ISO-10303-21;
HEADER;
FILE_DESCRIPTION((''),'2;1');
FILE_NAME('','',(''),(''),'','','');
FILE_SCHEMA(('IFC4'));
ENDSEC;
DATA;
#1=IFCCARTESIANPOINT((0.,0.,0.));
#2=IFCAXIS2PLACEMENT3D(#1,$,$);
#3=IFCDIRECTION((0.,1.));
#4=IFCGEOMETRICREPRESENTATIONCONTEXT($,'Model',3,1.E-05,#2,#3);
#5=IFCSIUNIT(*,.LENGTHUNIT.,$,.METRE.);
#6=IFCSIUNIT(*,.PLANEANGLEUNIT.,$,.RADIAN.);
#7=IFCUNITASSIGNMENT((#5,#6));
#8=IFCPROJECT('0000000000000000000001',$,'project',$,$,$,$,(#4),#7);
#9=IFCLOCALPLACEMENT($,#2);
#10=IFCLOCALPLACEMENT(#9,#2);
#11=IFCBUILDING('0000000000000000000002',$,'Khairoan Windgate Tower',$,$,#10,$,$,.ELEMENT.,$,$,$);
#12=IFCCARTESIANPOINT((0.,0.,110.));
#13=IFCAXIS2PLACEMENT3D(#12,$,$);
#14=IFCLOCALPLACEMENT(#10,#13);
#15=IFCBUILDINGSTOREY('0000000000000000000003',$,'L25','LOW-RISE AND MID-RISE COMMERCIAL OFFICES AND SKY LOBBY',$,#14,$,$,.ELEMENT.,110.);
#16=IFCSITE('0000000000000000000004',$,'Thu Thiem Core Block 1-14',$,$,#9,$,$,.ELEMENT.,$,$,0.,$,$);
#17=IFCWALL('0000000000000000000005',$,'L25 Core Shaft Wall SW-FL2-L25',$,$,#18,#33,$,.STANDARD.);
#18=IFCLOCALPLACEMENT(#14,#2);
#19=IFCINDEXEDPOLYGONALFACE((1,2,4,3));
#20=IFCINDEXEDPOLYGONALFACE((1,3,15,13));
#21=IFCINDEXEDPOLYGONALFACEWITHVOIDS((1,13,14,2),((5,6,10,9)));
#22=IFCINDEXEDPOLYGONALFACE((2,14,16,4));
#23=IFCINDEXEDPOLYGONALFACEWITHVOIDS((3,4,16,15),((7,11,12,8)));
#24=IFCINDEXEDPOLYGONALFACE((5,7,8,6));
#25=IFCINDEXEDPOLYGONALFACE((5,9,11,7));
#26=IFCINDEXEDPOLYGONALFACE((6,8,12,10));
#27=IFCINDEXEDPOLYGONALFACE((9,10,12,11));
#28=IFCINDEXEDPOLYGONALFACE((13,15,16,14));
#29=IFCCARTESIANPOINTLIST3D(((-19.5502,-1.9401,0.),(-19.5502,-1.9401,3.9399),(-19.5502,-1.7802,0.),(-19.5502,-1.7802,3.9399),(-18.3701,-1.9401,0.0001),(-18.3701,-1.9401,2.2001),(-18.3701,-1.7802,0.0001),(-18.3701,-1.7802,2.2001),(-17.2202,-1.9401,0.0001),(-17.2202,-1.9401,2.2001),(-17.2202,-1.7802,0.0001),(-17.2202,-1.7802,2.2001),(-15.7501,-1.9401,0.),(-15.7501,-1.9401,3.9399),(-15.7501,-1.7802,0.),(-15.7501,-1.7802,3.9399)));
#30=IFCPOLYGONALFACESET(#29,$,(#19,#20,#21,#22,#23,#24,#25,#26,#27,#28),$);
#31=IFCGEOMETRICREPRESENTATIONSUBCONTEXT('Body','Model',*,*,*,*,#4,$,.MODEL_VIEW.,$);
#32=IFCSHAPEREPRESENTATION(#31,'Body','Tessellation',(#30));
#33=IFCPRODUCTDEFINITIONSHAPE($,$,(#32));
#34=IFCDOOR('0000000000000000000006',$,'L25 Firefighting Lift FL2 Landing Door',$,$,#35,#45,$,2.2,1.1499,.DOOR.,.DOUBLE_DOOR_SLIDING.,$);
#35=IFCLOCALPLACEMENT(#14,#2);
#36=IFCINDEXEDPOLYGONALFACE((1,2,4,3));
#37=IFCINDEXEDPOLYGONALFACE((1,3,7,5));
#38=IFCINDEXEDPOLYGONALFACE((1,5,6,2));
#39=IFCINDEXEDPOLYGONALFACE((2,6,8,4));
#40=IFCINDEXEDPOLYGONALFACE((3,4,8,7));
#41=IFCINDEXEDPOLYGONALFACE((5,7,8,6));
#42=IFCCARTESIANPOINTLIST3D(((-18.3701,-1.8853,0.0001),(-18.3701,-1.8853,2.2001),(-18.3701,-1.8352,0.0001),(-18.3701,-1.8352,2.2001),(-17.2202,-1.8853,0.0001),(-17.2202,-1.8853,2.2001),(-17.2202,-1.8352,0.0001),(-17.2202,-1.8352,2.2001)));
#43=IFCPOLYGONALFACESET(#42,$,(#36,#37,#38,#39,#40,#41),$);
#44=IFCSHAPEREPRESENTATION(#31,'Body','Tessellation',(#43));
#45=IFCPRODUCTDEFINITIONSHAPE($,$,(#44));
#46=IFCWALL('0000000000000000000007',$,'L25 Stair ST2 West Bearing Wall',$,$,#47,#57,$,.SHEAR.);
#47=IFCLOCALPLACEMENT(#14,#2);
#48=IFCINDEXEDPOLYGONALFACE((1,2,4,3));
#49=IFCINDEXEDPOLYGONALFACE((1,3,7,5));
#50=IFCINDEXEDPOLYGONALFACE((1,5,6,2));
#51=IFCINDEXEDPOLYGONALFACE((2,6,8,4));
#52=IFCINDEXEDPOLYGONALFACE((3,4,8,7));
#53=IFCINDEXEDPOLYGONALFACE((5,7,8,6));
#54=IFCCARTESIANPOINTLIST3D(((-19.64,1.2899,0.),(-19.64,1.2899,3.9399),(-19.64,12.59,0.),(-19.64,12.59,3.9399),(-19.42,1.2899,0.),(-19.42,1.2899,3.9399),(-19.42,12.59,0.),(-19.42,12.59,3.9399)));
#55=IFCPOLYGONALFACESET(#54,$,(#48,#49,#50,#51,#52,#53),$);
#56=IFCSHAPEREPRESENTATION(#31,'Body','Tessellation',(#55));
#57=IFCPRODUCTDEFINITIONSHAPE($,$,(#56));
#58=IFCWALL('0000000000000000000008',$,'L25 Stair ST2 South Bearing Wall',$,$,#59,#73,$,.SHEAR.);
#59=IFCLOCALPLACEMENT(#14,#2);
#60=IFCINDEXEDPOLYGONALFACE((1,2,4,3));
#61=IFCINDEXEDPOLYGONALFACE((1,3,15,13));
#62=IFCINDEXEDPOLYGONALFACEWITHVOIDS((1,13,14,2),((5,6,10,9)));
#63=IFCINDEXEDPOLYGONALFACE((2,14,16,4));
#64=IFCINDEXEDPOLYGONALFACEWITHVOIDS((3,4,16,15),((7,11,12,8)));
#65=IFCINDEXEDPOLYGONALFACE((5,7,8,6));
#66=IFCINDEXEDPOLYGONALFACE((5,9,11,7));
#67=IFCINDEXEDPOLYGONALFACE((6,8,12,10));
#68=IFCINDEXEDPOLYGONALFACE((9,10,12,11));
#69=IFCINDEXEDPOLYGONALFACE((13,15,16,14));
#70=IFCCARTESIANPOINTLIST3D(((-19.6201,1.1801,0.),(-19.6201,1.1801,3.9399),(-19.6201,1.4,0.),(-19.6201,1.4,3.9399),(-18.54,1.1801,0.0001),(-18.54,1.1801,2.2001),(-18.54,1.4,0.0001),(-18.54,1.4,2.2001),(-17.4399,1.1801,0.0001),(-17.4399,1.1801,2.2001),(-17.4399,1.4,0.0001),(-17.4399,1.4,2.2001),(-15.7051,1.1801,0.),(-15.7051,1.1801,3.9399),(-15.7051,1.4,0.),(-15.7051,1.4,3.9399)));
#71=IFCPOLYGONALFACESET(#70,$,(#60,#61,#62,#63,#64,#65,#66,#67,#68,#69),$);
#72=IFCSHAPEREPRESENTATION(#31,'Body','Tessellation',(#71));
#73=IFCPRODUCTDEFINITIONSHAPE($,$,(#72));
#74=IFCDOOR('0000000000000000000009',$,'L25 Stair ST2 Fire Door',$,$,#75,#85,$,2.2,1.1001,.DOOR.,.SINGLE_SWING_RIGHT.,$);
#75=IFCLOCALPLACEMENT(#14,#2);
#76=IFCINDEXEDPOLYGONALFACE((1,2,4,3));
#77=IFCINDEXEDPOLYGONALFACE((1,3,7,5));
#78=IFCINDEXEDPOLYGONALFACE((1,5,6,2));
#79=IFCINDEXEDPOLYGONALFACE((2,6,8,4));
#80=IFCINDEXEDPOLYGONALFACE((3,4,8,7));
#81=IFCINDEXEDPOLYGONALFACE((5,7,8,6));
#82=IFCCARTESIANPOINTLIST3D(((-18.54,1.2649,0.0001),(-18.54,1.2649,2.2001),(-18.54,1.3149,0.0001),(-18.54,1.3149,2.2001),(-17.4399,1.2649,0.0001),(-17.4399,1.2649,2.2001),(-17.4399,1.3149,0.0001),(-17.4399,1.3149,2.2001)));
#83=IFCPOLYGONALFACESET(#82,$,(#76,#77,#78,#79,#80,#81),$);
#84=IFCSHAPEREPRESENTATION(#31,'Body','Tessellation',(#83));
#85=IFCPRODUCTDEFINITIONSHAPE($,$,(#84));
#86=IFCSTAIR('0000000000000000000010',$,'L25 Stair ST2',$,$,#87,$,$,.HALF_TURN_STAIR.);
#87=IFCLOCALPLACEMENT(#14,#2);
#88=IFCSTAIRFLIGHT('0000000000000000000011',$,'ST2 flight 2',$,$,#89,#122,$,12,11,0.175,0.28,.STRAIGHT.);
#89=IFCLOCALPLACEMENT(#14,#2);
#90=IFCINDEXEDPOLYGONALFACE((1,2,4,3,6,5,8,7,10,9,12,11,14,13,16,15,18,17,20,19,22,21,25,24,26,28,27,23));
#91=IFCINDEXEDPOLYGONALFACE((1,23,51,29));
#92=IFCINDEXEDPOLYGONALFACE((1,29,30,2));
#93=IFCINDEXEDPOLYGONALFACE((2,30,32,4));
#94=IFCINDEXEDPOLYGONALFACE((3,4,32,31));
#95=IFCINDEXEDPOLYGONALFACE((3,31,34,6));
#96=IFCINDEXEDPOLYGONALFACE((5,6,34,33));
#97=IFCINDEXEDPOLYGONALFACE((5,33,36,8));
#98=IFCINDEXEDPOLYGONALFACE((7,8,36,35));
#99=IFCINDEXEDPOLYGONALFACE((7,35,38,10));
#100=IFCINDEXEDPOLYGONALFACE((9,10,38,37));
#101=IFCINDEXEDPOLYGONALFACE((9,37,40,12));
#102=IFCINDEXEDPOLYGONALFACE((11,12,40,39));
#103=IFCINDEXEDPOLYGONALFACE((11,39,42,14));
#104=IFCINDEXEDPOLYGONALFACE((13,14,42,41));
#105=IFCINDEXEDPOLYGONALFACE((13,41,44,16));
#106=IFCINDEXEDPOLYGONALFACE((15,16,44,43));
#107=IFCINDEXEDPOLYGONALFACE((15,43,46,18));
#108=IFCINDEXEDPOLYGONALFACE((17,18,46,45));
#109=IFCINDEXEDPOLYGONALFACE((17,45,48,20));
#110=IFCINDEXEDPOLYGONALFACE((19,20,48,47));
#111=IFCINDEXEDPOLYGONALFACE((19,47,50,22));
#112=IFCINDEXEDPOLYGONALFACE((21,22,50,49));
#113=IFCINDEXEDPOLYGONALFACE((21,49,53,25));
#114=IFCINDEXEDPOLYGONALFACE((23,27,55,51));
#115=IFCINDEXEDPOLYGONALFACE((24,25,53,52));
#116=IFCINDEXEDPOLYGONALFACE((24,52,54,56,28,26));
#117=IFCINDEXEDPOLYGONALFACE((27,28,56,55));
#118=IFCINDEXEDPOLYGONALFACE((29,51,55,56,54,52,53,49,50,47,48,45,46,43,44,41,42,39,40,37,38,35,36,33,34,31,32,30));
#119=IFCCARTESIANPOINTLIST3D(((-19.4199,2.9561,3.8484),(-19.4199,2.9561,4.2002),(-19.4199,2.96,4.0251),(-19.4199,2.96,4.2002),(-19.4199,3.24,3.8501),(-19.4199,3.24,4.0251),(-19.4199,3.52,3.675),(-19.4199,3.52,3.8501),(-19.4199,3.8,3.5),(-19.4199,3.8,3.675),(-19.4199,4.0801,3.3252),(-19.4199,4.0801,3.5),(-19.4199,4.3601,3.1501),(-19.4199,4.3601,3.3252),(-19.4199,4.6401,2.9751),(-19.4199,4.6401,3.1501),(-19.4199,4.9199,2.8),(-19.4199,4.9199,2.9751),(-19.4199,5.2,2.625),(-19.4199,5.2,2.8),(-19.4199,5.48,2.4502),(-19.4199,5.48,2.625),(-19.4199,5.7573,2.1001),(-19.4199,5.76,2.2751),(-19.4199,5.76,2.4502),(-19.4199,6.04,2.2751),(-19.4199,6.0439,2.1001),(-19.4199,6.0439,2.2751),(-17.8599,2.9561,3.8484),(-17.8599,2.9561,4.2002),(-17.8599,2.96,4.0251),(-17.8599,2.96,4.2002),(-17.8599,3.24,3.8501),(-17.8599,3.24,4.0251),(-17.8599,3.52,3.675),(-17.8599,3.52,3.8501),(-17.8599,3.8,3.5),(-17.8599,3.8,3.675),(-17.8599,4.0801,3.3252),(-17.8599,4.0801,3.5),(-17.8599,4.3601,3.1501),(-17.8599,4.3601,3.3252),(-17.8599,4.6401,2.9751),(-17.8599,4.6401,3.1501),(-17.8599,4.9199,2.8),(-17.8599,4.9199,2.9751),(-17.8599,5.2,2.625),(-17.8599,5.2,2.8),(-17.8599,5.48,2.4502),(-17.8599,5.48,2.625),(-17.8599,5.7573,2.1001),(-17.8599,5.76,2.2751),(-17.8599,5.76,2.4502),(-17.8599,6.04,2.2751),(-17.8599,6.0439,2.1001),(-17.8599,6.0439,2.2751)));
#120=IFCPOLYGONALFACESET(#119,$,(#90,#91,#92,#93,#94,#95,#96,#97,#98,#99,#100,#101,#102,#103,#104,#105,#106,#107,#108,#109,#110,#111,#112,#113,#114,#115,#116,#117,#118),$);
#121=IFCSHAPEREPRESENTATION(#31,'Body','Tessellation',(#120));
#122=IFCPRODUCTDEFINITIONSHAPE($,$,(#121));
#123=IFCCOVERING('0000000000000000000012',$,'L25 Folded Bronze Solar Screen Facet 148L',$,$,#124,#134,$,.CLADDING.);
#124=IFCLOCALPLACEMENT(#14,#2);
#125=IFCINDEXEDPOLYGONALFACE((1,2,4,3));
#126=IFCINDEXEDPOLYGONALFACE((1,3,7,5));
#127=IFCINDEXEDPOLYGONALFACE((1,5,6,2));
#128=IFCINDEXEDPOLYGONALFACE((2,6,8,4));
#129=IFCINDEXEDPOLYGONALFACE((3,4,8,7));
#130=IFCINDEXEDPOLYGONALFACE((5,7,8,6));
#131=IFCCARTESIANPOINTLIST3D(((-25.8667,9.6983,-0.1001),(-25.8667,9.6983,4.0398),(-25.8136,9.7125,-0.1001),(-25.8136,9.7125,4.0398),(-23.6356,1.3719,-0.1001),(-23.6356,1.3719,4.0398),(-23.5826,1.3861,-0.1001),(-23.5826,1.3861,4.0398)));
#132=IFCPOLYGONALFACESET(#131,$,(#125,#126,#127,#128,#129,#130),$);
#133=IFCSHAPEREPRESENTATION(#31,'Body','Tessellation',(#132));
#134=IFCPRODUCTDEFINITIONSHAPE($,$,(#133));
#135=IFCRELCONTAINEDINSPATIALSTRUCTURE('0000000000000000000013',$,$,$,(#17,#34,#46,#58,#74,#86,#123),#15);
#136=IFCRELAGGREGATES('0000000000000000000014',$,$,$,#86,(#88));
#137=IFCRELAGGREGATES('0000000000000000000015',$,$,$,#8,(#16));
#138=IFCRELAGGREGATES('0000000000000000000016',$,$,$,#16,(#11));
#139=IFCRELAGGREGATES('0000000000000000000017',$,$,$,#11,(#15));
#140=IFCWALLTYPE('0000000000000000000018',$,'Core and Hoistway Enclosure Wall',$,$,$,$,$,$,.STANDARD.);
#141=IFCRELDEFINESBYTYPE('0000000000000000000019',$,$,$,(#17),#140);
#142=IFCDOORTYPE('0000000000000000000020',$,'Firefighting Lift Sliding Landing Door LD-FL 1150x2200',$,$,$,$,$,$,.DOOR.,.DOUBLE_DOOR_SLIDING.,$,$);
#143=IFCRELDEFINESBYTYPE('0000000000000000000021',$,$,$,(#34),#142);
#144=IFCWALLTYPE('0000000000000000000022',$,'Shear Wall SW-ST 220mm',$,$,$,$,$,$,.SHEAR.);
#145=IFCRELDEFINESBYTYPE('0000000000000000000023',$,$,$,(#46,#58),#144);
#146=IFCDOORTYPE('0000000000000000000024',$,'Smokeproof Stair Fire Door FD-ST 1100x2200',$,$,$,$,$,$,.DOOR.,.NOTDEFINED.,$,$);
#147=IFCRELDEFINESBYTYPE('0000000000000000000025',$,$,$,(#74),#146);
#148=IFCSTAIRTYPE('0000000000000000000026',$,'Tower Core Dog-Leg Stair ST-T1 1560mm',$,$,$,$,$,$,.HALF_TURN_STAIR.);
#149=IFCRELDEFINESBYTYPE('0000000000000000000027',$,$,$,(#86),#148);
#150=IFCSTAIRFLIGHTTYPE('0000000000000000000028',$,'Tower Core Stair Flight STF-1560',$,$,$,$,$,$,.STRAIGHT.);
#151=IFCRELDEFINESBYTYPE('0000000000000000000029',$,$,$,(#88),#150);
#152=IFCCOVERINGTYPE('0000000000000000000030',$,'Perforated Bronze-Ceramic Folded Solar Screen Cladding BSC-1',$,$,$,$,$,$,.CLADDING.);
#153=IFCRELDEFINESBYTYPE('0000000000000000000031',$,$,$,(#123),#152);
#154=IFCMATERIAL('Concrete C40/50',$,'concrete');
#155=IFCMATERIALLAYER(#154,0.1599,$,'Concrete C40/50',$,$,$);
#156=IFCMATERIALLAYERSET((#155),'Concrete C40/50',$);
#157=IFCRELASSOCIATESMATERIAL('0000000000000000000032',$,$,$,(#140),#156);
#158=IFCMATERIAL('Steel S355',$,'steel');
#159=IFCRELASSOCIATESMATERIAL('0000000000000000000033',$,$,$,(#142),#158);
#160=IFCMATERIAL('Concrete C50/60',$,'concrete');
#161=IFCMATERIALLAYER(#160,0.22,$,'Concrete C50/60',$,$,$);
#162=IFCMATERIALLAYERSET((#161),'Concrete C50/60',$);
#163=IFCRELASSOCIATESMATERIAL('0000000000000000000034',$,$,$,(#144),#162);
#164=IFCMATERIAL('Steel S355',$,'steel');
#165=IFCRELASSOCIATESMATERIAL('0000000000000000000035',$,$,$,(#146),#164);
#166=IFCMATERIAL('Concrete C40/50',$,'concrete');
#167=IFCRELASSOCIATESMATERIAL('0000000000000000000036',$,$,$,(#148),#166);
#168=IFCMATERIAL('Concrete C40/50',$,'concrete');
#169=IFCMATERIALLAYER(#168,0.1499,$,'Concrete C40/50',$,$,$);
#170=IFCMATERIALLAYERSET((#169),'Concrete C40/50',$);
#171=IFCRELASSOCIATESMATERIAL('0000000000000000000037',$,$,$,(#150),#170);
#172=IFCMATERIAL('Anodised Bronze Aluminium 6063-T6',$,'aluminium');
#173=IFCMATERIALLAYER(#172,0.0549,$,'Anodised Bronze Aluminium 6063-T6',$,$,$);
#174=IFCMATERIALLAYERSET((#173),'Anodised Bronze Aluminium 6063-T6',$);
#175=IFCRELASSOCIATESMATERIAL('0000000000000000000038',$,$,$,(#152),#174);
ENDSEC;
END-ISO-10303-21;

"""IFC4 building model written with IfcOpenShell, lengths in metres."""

from ifc_helpers import new_model, si_unit, direction, frame, frame_2d, origin, origin_2d, place, context, subcontext, project, spatial, polyline, rectangle, outline, extrude, material, layer, layer_set, type_object, element, fill, aggregate, save


model = new_model("IFC4")

# Units and contexts
model_context = context("Model", 3, precision=1e-05, world=origin(), true_north=direction((0.0, 1.0)))
body_context = subcontext(model_context, "Body", "Model", "MODEL_VIEW")
ifc_project = project(units=[si_unit("LENGTHUNIT", "METRE"), si_unit("PLANEANGLEUNIT", "RADIAN")], contexts=[model_context])

# Site, building, storey
site_placement = place(None, origin())
site = spatial("IfcSite", under=ifc_project, at=site_placement, Name="Thu Thiem Core Block 1-14", CompositionType="ELEMENT", RefElevation=0.0)
building_placement = place(site_placement, origin())
building = spatial("IfcBuilding", under=site, at=building_placement, Name="Khairoan Windgate Tower", CompositionType="ELEMENT")
storey_placement = place(building_placement, frame((0.0, 0.0, 110.0)))
storey = spatial("IfcBuildingStorey", under=building, at=storey_placement, Name="L25", Description="LOW-RISE AND MID-RISE COMMERCIAL OFFICES AND SKY LOBBY", CompositionType="ELEMENT", Elevation=110.0)

# Wall, opening, door
ifc_material_1 = material(Name="Concrete C40/50", Category="concrete")
ifc_layer_1 = layer(ifc_material_1, 0.1599, Name="Concrete C40/50")
ifc_layer_set_1 = layer_set([ifc_layer_1], Name="Concrete C40/50")
wall_type_1 = type_object("IfcWallType", Name="Core and Hoistway Enclosure Wall", PredefinedType="STANDARD", material=ifc_layer_set_1)
wall_1_placement = place(storey_placement, frame((-19.55, -1.8601, 0.0), z_axis=(0.0, 0.0, 1.0), x_axis=(1.0, 0.0, 0.0)))
wall_1 = element("IfcWall", 1, at=wall_1_placement, inside=storey, type_object=wall_type_1, Name="L25 Core Shaft Wall SW-FL2-L25", PredefinedType="STANDARD", context=body_context, shape_type="SweptSolid", body=[
    extrude(rectangle(XDim=3.8, YDim=0.1599, at=frame_2d((1.8999, 0.0))), origin(), (0.0, 0.0, 1.0), 3.9399),
])
opening_1_placement = place(wall_1_placement, frame((1.1799, 0.0, 0.0)))
opening_1 = element("IfcOpeningElement", 2, at=opening_1_placement, cuts=wall_1, PredefinedType="OPENING", context=body_context, shape_type="SweptSolid", body=[
    extrude(rectangle(XDim=1.1499, YDim=2.2, at=frame_2d((0.575, 1.1001))), frame((0.0, 0.0898, 0.0), z_axis=(0.0, -1.0, 0.0), x_axis=(1.0, 0.0, 0.0)), (0.0, 0.0, 1.0), 0.1799),
])
ifc_material_2 = material(Name="Steel S355", Category="steel")
door_type_1 = type_object("IfcDoorType", Name="Firefighting Lift Sliding Landing Door LD-FL 1150x2200", OperationType="DOUBLE_DOOR_SLIDING", PredefinedType="DOOR", material=ifc_material_2)
door_1_placement = place(opening_1_placement, origin())
door_1 = element("IfcDoor", 3, at=door_1_placement, inside=storey, type_object=door_type_1, Name="L25 Firefighting Lift FL2 Landing Door", OperationType="DOUBLE_DOOR_SLIDING", OverallHeight=2.2, OverallWidth=1.1499, PredefinedType="DOOR", context=body_context, shape_type="SweptSolid", body=[
    extrude(rectangle(XDim=1.1499, YDim=2.2, at=frame_2d((0.575, 1.1001))), frame((0.0, 0.0249, 0.0), z_axis=(0.0, -1.0, 0.0), x_axis=(1.0, 0.0, 0.0)), (0.0, 0.0, 1.0), 0.05),
])
fill(opening_1, door_1)

# Wall
ifc_material_3 = material(Name="Concrete C50/60", Category="concrete")
ifc_layer_2 = layer(ifc_material_3, 0.22, Name="Concrete C50/60")
ifc_layer_set_2 = layer_set([ifc_layer_2], Name="Concrete C50/60")
wall_type_2 = type_object("IfcWallType", Name="Shear Wall SW-ST 220mm", PredefinedType="SHEAR", material=ifc_layer_set_2)
wall_2_placement = place(storey_placement, frame((-19.53, 1.29, 0.0), z_axis=(0.0, 0.0, 1.0), x_axis=(0.0, 1.0, 0.0)))
element("IfcWall", 4, at=wall_2_placement, inside=storey, type_object=wall_type_2, Name="L25 Stair ST2 West Bearing Wall", PredefinedType="SHEAR", context=body_context, shape_type="SweptSolid", body=[
    extrude(rectangle(XDim=11.3, YDim=0.22, at=frame_2d((5.6499, 0.0))), origin(), (0.0, 0.0, 1.0), 3.9399),
])

# Wall, opening, door
wall_3_placement = place(storey_placement, frame((-19.6201, 1.29, 0.0), z_axis=(0.0, 0.0, 1.0), x_axis=(1.0, 0.0, 0.0)))
wall_3 = element("IfcWall", 5, at=wall_3_placement, inside=storey, type_object=wall_type_2, Name="L25 Stair ST2 South Bearing Wall", PredefinedType="SHEAR", context=body_context, shape_type="SweptSolid", body=[
    extrude(rectangle(XDim=3.915, YDim=0.22, at=frame_2d((1.9575, 0.0))), origin(), (0.0, 0.0, 1.0), 3.9399),
])
opening_2_placement = place(wall_3_placement, frame((1.0801, 0.0, 0.0)))
opening_2 = element("IfcOpeningElement", 6, at=opening_2_placement, cuts=wall_3, PredefinedType="OPENING", context=body_context, shape_type="SweptSolid", body=[
    extrude(rectangle(XDim=1.1001, YDim=2.2, at=frame_2d((0.55, 1.1001))), frame((0.0, 0.1199, 0.0), z_axis=(0.0, -1.0, 0.0), x_axis=(1.0, 0.0, 0.0)), (0.0, 0.0, 1.0), 0.24),
])
ifc_material_4 = material(Name="Steel S355", Category="steel")
door_type_2 = type_object("IfcDoorType", Name="Smokeproof Stair Fire Door FD-ST 1100x2200", OperationType="NOTDEFINED", PredefinedType="DOOR", material=ifc_material_4)
door_2_placement = place(opening_2_placement, origin())
door_2 = element("IfcDoor", 7, at=door_2_placement, inside=storey, type_object=door_type_2, Name="L25 Stair ST2 Fire Door", OperationType="SINGLE_SWING_RIGHT", OverallHeight=2.2, OverallWidth=1.1001, PredefinedType="DOOR", context=body_context, shape_type="SweptSolid", body=[
    extrude(rectangle(XDim=1.1001, YDim=2.2, at=frame_2d((0.55, 1.1001))), frame((0.0, 0.0249, 0.0), z_axis=(0.0, -1.0, 0.0), x_axis=(1.0, 0.0, 0.0)), (0.0, 0.0, 1.0), 0.05),
])
fill(opening_2, door_2)

# Stair, stair flight
ifc_material_5 = material(Name="Concrete C40/50", Category="concrete")
stair_type = type_object("IfcStairType", Name="Tower Core Dog-Leg Stair ST-T1 1560mm", PredefinedType="HALF_TURN_STAIR", material=ifc_material_5)
stair_placement = place(storey_placement, origin())
stair = element("IfcStair", 8, at=stair_placement, inside=storey, type_object=stair_type, Name="L25 Stair ST2", PredefinedType="HALF_TURN_STAIR")
ifc_material_6 = material(Name="Concrete C40/50", Category="concrete")
ifc_layer_3 = layer(ifc_material_6, 0.1499, Name="Concrete C40/50")
ifc_layer_set_3 = layer_set([ifc_layer_3], Name="Concrete C40/50")
stair_flight_type = type_object("IfcStairFlightType", Name="Tower Core Stair Flight STF-1560", PredefinedType="STRAIGHT", material=ifc_layer_set_3)
stair_flight_placement = place(storey_placement, frame((-18.6399, 6.04, 2.1001), z_axis=(0.0, 0.0, 1.0), x_axis=(0.0, -1.0, 0.0)))
stair_flight = element("IfcStairFlight", 9, at=stair_flight_placement, type_object=stair_flight_type, Name="ST2 flight 2", NumberOfRisers=12, NumberOfTreads=11, PredefinedType="STRAIGHT", RiserHeight=0.175, TreadLength=0.28, context=body_context, shape_type="SweptSolid", body=[
    extrude(outline(polyline([(-0.0039, 0.0), (-0.0039, 0.175), (0.0, 0.175), (0.28, 0.175), (0.28, 0.3501), (0.5601, 0.3501), (0.5601, 0.5249), (0.8401, 0.5249), (0.8401, 0.7), (1.1201, 0.7), (1.1201, 0.875), (1.3999, 0.875), (1.3999, 1.05), (1.6799, 1.05), (1.6799, 1.2251), (1.96, 1.2251), (1.96, 1.3999), (2.24, 1.3999), (2.24, 1.575), (2.52, 1.575), (2.52, 1.75), (2.8, 1.75), (2.8, 1.925), (3.0801, 1.925), (3.0801, 2.1001), (3.084, 2.1001), (3.084, 1.7483), (0.2827, 0.0), (-0.0039, 0.0)])), frame((0.0, 0.78, 0.0), z_axis=(0.0, -1.0, 0.0), x_axis=(1.0, 0.0, 0.0)), (0.0, 0.0, 1.0), 1.5601),
])
aggregate(stair, [stair_flight])

# Covering
ifc_material_7 = material(Name="Anodised Bronze Aluminium 6063-T6", Category="aluminium")
ifc_layer_4 = layer(ifc_material_7, 0.0549, Name="Anodised Bronze Aluminium 6063-T6")
ifc_layer_set_4 = layer_set([ifc_layer_4], Name="Anodised Bronze Aluminium 6063-T6")
covering_type = type_object("IfcCoveringType", Name="Perforated Bronze-Ceramic Folded Solar Screen Cladding BSC-1", PredefinedType="CLADDING", material=ifc_layer_set_4)
covering_placement = place(storey_placement, frame((-24.7246, 5.5422, -0.1001), z_axis=(0.0, 0.0, 1.0), x_axis=(-0.258819, 0.965926, 0.0)))
element("IfcCovering", 10, at=covering_placement, inside=storey, type_object=covering_type, Name="L25 Folded Bronze Solar Screen Facet 148L", PredefinedType="CLADDING", context=body_context, shape_type="SweptSolid", body=[
    extrude(rectangle(XDim=8.6201, YDim=0.0549, at=origin_2d()), origin(), (0.0, 0.0, 1.0), 4.1399),
])

save(model, "model.ifc")
